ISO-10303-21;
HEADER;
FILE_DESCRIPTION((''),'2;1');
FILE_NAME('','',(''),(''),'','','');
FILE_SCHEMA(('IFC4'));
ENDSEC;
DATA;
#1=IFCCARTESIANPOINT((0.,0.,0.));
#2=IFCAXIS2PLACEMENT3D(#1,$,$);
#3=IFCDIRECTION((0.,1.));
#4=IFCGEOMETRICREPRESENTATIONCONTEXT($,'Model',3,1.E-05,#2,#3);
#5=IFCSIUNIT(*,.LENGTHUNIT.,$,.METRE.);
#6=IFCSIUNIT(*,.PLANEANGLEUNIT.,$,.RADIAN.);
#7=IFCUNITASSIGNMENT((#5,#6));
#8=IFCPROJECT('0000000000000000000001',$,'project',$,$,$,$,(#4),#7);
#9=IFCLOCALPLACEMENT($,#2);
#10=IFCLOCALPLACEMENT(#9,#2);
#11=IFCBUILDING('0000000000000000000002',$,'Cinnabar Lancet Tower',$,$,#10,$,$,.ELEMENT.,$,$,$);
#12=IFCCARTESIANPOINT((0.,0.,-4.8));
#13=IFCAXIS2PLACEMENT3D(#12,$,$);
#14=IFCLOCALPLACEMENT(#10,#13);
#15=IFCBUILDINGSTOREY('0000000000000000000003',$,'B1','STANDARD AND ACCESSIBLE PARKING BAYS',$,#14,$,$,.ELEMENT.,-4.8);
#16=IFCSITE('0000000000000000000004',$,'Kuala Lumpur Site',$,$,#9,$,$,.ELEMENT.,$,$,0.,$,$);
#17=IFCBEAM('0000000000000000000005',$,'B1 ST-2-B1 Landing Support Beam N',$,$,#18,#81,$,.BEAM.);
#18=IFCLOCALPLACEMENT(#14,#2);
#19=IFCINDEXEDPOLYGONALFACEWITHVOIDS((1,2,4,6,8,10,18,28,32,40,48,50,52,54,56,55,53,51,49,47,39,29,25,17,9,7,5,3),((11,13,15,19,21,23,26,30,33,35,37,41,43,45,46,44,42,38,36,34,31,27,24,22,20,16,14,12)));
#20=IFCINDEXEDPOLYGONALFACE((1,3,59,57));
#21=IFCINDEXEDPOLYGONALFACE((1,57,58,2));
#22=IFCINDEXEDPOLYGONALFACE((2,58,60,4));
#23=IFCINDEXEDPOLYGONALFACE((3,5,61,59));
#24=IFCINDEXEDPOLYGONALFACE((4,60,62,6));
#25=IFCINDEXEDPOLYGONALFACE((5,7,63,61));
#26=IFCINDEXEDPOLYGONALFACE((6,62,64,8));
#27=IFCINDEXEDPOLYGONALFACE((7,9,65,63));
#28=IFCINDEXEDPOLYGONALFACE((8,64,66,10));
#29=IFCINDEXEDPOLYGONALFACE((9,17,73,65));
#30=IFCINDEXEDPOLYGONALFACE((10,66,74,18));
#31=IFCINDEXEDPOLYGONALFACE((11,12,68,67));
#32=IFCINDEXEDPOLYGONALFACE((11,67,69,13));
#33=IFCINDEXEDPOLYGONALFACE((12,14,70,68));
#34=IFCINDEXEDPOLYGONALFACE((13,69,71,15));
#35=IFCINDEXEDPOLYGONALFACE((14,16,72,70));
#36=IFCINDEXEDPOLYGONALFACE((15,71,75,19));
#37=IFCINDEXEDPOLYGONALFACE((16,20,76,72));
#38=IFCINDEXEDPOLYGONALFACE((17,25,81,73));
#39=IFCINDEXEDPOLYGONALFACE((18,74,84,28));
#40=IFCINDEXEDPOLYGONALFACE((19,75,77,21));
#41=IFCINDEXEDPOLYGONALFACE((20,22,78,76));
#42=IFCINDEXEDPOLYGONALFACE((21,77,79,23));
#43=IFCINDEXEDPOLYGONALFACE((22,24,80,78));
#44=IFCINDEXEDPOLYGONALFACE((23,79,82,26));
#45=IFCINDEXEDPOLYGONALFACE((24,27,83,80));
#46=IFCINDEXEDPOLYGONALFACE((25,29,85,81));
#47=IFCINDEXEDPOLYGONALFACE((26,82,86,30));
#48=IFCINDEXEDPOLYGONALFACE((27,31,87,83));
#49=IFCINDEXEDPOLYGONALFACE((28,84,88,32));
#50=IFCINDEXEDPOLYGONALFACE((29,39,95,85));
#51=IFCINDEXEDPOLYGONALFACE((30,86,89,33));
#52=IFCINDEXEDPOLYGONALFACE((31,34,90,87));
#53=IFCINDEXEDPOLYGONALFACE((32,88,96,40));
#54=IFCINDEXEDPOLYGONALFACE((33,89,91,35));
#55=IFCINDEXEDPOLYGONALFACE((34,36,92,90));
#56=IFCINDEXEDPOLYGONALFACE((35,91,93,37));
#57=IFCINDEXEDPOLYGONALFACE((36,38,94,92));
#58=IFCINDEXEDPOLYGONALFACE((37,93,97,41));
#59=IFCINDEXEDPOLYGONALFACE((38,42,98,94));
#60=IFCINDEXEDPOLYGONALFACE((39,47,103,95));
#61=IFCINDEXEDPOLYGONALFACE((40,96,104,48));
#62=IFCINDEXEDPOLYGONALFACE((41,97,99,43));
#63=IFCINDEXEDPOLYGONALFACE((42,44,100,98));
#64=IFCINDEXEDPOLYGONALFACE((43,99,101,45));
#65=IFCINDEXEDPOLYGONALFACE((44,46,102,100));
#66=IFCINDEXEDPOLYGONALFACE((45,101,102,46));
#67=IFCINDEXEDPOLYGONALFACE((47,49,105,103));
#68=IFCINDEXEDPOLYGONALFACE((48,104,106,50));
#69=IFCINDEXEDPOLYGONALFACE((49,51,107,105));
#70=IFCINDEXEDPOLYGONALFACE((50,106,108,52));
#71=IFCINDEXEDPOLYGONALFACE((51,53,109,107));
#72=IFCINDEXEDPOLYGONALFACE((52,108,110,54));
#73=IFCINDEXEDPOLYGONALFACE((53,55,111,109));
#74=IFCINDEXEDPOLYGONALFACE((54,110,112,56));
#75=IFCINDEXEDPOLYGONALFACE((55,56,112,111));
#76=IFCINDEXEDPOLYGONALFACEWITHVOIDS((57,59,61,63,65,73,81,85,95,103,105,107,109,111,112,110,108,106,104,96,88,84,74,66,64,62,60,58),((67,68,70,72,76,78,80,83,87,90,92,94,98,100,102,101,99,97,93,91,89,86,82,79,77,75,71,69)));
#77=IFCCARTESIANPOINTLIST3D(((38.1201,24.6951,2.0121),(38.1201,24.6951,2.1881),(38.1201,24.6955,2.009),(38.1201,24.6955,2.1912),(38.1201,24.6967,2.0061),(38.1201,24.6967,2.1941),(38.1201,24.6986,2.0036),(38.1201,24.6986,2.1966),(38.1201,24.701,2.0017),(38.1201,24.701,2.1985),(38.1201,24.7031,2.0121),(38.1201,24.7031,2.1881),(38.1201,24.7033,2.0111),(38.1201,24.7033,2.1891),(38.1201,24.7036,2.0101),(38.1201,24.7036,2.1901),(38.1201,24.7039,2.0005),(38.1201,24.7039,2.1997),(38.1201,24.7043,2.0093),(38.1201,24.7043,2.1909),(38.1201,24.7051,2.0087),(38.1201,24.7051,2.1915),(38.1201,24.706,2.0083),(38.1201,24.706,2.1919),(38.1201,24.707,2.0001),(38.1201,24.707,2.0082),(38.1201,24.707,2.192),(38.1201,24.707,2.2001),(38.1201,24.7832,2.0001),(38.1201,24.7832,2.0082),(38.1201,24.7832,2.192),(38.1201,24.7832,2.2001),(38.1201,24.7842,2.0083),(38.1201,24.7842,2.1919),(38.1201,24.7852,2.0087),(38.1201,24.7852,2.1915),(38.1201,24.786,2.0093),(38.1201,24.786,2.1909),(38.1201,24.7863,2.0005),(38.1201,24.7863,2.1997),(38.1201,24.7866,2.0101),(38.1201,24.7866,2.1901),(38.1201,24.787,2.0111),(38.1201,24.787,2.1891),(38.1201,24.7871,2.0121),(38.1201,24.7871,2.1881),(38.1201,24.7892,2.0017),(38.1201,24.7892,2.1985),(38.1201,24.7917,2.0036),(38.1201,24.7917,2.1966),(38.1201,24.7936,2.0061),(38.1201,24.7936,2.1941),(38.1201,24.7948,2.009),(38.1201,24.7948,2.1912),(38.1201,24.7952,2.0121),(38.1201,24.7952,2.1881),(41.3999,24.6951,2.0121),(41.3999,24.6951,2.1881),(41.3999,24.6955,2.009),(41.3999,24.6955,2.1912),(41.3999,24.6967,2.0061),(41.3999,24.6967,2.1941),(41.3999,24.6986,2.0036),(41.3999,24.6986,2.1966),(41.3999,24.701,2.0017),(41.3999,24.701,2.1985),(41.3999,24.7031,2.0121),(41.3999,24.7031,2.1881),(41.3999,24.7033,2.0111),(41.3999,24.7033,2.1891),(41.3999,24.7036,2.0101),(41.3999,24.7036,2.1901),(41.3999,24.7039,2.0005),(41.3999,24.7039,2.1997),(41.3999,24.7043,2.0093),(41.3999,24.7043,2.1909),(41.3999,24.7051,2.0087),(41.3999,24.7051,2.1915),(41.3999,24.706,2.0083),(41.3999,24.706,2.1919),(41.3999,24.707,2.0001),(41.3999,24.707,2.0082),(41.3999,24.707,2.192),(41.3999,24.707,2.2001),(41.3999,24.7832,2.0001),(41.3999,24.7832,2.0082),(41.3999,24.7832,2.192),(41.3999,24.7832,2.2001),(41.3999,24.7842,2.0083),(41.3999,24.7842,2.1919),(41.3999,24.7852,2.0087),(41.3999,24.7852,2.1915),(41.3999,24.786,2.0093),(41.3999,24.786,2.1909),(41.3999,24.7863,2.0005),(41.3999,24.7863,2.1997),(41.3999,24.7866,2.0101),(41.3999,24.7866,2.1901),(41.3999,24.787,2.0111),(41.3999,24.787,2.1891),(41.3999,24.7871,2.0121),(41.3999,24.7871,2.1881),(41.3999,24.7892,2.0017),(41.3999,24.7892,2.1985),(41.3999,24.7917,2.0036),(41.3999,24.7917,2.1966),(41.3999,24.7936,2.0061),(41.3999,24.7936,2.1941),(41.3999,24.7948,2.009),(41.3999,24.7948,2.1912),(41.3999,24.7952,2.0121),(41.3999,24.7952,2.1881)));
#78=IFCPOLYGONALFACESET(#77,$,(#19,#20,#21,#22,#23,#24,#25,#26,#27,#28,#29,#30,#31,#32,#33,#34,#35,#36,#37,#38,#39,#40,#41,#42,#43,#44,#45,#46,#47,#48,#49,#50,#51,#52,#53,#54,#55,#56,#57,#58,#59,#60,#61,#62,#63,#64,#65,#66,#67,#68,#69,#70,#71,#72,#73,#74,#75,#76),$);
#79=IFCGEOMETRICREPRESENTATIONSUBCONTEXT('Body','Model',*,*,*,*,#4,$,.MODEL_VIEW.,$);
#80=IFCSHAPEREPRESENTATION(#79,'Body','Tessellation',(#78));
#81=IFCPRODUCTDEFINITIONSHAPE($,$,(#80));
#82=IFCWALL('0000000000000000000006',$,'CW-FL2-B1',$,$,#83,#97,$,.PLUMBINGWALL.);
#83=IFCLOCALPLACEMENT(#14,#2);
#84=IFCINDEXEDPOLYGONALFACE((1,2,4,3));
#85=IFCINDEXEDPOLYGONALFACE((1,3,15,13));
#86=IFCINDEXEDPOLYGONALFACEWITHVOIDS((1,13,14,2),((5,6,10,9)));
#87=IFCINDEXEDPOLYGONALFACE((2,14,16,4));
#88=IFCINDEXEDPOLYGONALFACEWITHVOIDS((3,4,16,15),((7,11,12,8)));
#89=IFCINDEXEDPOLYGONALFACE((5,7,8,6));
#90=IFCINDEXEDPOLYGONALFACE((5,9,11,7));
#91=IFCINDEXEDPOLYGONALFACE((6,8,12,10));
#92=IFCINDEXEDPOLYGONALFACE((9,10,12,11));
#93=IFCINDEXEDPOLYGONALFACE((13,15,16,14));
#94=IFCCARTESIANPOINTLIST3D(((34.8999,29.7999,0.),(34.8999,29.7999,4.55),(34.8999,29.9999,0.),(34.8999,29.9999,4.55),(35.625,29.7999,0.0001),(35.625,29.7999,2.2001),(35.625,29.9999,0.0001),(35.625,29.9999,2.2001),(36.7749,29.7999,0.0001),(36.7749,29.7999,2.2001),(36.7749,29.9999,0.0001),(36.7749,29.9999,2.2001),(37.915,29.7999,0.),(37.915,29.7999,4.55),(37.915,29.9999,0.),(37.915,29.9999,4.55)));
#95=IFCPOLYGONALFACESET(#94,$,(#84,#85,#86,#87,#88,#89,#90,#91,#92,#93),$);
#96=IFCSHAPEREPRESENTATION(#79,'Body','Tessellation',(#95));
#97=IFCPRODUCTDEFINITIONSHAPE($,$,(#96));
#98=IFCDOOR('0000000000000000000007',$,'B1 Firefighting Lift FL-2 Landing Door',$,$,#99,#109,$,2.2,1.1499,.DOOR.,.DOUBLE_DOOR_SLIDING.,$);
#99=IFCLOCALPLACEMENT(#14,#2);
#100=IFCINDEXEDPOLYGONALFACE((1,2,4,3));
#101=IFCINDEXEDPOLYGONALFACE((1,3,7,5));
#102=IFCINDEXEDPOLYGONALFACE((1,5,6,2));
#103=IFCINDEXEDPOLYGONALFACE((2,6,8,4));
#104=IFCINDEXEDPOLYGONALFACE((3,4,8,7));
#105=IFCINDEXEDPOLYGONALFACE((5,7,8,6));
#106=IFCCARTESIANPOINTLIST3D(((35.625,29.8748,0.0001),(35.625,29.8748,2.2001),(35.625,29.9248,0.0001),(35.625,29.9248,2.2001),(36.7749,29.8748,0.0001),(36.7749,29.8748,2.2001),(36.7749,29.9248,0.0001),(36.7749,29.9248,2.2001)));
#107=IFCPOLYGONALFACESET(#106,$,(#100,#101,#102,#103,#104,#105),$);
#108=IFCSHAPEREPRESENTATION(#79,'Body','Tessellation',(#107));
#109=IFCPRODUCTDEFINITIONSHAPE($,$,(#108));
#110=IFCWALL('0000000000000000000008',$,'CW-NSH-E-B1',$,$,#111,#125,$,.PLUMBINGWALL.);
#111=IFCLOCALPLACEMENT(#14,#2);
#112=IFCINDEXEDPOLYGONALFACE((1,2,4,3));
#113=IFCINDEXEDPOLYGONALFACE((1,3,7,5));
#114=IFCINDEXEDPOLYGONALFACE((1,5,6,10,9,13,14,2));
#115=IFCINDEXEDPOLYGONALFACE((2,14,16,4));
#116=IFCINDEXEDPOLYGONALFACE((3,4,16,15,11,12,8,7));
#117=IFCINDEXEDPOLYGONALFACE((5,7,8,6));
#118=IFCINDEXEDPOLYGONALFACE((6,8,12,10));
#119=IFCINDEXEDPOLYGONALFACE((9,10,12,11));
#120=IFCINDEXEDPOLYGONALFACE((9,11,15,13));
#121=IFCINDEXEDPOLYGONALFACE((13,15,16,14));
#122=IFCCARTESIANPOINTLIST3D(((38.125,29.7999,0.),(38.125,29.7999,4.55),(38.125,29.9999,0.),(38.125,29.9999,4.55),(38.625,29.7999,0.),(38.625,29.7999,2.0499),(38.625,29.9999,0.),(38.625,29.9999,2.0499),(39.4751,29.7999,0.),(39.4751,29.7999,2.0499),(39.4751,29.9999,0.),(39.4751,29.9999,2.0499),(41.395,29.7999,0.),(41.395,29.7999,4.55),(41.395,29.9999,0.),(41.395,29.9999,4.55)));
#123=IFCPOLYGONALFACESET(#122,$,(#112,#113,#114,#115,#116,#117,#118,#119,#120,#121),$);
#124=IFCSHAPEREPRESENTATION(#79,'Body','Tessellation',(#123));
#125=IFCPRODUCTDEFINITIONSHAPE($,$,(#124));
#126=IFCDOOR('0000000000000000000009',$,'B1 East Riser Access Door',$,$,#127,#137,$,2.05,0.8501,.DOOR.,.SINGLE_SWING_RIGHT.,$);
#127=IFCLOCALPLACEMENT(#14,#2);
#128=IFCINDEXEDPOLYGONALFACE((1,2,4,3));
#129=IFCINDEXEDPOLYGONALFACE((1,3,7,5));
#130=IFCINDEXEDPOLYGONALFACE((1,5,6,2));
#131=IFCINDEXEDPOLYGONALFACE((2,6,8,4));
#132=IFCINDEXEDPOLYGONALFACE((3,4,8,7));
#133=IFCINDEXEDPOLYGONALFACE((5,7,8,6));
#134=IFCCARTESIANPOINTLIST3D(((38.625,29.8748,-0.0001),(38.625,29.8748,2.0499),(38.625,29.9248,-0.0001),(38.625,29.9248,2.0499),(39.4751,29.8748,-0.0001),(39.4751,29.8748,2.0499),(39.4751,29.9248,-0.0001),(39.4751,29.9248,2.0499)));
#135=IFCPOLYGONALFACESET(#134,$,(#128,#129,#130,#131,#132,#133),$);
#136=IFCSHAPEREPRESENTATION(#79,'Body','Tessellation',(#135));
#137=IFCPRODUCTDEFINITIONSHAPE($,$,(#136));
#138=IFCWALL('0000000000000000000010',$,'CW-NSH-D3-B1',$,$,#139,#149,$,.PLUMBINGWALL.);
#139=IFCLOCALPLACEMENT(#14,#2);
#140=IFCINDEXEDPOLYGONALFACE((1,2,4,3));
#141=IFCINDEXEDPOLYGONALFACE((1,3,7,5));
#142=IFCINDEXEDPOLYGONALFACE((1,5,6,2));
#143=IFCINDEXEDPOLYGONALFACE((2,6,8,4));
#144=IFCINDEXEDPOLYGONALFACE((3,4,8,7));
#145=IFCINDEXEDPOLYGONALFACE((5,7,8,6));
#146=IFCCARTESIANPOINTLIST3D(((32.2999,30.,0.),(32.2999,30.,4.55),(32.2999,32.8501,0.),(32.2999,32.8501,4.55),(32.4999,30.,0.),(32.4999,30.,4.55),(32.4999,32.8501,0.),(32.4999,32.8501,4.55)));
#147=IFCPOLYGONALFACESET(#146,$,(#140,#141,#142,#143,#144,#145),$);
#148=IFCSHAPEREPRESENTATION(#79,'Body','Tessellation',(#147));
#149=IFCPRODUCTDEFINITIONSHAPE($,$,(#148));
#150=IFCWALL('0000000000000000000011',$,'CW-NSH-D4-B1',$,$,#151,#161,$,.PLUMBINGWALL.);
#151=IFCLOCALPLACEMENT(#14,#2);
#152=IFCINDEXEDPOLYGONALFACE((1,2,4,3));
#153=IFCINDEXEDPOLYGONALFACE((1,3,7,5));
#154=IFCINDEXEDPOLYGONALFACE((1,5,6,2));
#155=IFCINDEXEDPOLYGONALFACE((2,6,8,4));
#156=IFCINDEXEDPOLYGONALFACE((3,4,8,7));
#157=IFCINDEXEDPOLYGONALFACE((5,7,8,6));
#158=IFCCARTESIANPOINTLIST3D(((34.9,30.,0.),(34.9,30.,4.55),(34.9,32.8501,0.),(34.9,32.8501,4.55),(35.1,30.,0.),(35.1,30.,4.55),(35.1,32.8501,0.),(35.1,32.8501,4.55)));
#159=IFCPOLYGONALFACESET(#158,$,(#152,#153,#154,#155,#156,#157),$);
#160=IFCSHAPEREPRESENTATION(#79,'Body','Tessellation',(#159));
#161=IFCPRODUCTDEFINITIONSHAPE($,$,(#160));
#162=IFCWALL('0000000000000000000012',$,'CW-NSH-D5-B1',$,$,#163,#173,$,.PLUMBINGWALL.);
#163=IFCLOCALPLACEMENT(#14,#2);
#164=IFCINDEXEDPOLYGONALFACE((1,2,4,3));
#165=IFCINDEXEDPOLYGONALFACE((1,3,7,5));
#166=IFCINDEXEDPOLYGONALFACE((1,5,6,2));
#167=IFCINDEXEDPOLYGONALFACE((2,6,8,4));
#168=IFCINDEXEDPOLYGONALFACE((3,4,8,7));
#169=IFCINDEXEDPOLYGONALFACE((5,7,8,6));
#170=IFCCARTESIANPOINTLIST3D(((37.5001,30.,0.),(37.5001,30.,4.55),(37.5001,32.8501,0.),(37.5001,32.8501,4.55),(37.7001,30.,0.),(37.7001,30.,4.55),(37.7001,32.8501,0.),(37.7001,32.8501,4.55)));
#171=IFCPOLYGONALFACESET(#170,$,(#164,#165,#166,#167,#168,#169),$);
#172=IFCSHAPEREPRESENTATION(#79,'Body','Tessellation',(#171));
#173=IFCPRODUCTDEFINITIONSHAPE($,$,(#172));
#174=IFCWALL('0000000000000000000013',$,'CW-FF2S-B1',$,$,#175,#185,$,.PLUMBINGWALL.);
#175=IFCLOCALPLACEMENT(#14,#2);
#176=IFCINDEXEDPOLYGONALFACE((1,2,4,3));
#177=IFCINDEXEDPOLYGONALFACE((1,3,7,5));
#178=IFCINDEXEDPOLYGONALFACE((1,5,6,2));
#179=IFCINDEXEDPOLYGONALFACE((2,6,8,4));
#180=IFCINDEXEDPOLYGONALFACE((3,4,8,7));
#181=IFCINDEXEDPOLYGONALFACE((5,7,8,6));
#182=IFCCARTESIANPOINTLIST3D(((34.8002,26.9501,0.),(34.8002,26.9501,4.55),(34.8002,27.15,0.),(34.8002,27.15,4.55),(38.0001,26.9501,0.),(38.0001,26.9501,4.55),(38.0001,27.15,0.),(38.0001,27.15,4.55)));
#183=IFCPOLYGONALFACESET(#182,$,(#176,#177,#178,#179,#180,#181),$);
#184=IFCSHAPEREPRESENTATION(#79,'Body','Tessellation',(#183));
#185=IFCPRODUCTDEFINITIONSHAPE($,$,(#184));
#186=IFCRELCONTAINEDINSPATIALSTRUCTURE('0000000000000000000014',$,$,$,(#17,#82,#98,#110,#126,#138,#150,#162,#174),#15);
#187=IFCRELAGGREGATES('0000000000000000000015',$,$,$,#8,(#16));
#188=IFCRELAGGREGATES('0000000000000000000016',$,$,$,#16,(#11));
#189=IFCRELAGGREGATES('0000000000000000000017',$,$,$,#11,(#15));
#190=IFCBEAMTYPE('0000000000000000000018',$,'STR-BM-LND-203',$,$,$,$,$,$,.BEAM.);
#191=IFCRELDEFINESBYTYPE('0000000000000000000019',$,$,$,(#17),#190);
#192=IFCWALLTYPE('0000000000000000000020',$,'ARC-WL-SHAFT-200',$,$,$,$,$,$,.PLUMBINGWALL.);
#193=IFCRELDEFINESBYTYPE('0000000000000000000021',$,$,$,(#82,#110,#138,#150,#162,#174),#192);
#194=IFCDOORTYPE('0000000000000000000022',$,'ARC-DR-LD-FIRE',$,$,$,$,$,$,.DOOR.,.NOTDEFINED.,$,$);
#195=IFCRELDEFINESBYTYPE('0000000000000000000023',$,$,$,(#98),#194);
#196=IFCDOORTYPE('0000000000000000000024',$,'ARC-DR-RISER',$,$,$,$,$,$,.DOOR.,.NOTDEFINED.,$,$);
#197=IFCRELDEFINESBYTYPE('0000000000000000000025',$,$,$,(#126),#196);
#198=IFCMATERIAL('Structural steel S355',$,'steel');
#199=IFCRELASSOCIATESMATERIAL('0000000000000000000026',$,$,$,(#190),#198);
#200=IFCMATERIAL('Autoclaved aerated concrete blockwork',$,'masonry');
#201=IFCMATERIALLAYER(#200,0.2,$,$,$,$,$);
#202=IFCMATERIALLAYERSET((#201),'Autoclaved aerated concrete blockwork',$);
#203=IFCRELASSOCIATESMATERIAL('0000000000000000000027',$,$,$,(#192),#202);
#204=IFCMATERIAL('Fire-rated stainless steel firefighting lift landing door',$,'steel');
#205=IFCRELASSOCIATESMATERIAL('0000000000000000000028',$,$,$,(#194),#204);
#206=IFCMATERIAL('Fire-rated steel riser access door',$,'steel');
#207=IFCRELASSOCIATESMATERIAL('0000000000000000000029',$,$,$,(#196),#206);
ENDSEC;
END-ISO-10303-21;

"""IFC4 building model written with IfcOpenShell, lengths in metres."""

from ifc_helpers import new_model, si_unit, direction, frame, frame_2d, origin, origin_2d, place, context, subcontext, project, spatial, rectangle, hollow_rectangle, extrude, material, layer, layer_set, material_profile, profile_set, type_object, element, fill, save


model = new_model("IFC4")

# Units and contexts
model_context = context("Model", 3, precision=1e-05, world=origin(), true_north=direction((0.0, 1.0)))
body_context = subcontext(model_context, "Body", "Model", "MODEL_VIEW")
ifc_project = project(units=[si_unit("LENGTHUNIT", "METRE"), si_unit("PLANEANGLEUNIT", "RADIAN")], contexts=[model_context])

# Site, building, storey
site_placement = place(None, origin())
site = spatial("IfcSite", under=ifc_project, at=site_placement, Name="Kuala Lumpur Site", CompositionType="ELEMENT", RefElevation=0.0)
building_placement = place(site_placement, origin())
building = spatial("IfcBuilding", under=site, at=building_placement, Name="Cinnabar Lancet Tower", CompositionType="ELEMENT")
storey_placement = place(building_placement, frame((0.0, 0.0, -4.8)))
storey = spatial("IfcBuildingStorey", under=building, at=storey_placement, Name="B1", Description="STANDARD AND ACCESSIBLE PARKING BAYS", CompositionType="ELEMENT", Elevation=-4.8)

# Beam
ifc_material_1 = material(Name="Structural steel S355", Category="steel")
ifc_material_profile_1 = material_profile(ifc_material_1, hollow_rectangle(XDim=0.1001, YDim=0.2, WallThickness=0.0081, InnerFilletRadius=0.0039, OuterFilletRadius=0.012, at=origin_2d()), Name="RHS 200x100x8")
ifc_profile_set_1 = profile_set([ifc_material_profile_1], Name="Structural steel S355")
beam_type = type_object("IfcBeamType", Name="STR-BM-LND-203", PredefinedType="BEAM", material=ifc_profile_set_1)
beam_placement = place(storey_placement, frame((38.1201, 24.7451, 2.1001), z_axis=(1.0, 0.0, 0.0), x_axis=(0.0, 1.0, 0.0)))
element("IfcBeam", 1, at=beam_placement, inside=storey, type_object=beam_type, Name="B1 ST-2-B1 Landing Support Beam N", PredefinedType="BEAM", context=body_context, shape_type="SweptSolid", body=[
    extrude(hollow_rectangle(XDim=0.1001, YDim=0.2, WallThickness=0.0081, InnerFilletRadius=0.0039, OuterFilletRadius=0.012, at=origin_2d()), origin(), (0.0, 0.0, 1.0), 3.2798),
])

# Walls, openings, doors
ifc_material_2 = material(Name="Autoclaved aerated concrete blockwork", Category="masonry")
ifc_layer_1 = layer(ifc_material_2, 0.2)
ifc_layer_set_1 = layer_set([ifc_layer_1], Name="Autoclaved aerated concrete blockwork")
wall_type_1 = type_object("IfcWallType", Name="ARC-WL-SHAFT-200", PredefinedType="PLUMBINGWALL", material=ifc_layer_set_1)
wall_1_placement = place(storey_placement, frame((34.8999, 29.8999, 0.0), z_axis=(0.0, 0.0, 1.0), x_axis=(1.0, 0.0, 0.0)))
wall_1 = element("IfcWall", 2, at=wall_1_placement, inside=storey, type_object=wall_type_1, Name="CW-FL2-B1", PredefinedType="PLUMBINGWALL", context=body_context, shape_type="SweptSolid", body=[
    extrude(rectangle(XDim=3.0151, YDim=0.2, at=frame_2d((1.5076, 0.0))), origin(), (0.0, 0.0, 1.0), 4.55),
])
opening_1_placement = place(wall_1_placement, frame((0.7251, 0.0, 0.0)))
opening_1 = element("IfcOpeningElement", 3, at=opening_1_placement, cuts=wall_1, PredefinedType="OPENING", context=body_context, shape_type="SweptSolid", body=[
    extrude(rectangle(XDim=1.1499, YDim=2.2, at=frame_2d((0.575, 1.1001))), frame((0.0, 0.1099, 0.0), z_axis=(0.0, -1.0, 0.0), x_axis=(1.0, 0.0, 0.0)), (0.0, 0.0, 1.0), 0.22),
])
ifc_material_3 = material(Name="Fire-rated stainless steel firefighting lift landing door", Category="steel")
door_type_1 = type_object("IfcDoorType", Name="ARC-DR-LD-FIRE", OperationType="NOTDEFINED", PredefinedType="DOOR", material=ifc_material_3)
door_1_placement = place(opening_1_placement, origin())
door_1 = element("IfcDoor", 4, at=door_1_placement, inside=storey, type_object=door_type_1, Name="B1 Firefighting Lift FL-2 Landing Door", OperationType="DOUBLE_DOOR_SLIDING", OverallHeight=2.2, OverallWidth=1.1499, PredefinedType="DOOR", context=body_context, shape_type="SweptSolid", body=[
    extrude(rectangle(XDim=1.1499, YDim=2.2, at=frame_2d((0.575, 1.1001))), frame((0.0, 0.0249, 0.0), z_axis=(0.0, -1.0, 0.0), x_axis=(1.0, 0.0, 0.0)), (0.0, 0.0, 1.0), 0.05),
])
fill(opening_1, door_1)
wall_2_placement = place(storey_placement, frame((38.125, 29.8999, 0.0), z_axis=(0.0, 0.0, 1.0), x_axis=(1.0, 0.0, 0.0)))
wall_2 = element("IfcWall", 5, at=wall_2_placement, inside=storey, type_object=wall_type_1, Name="CW-NSH-E-B1", PredefinedType="PLUMBINGWALL", context=body_context, shape_type="SweptSolid", body=[
    extrude(rectangle(XDim=3.27, YDim=0.2, at=frame_2d((1.635, 0.0))), origin(), (0.0, 0.0, 1.0), 4.55),
])
opening_2_placement = place(wall_2_placement, frame((0.5, 0.0, 0.0)))
opening_2 = element("IfcOpeningElement", 6, at=opening_2_placement, cuts=wall_2, PredefinedType="OPENING", context=body_context, shape_type="SweptSolid", body=[
    extrude(rectangle(XDim=0.8501, YDim=2.05, at=frame_2d((0.425, 1.0249))), frame((0.0, 0.1099, 0.0), z_axis=(0.0, -1.0, 0.0), x_axis=(1.0, 0.0, 0.0)), (0.0, 0.0, 1.0), 0.22),
])
ifc_material_4 = material(Name="Fire-rated steel riser access door", Category="steel")
door_type_2 = type_object("IfcDoorType", Name="ARC-DR-RISER", OperationType="NOTDEFINED", PredefinedType="DOOR", material=ifc_material_4)
door_2_placement = place(opening_2_placement, origin())
door_2 = element("IfcDoor", 7, at=door_2_placement, inside=storey, type_object=door_type_2, Name="B1 East Riser Access Door", OperationType="SINGLE_SWING_RIGHT", OverallHeight=2.05, OverallWidth=0.8501, PredefinedType="DOOR", context=body_context, shape_type="SweptSolid", body=[
    extrude(rectangle(XDim=0.8501, YDim=2.05, at=frame_2d((0.425, 1.0249))), frame((0.0, 0.0249, 0.0), z_axis=(0.0, -1.0, 0.0), x_axis=(1.0, 0.0, 0.0)), (0.0, 0.0, 1.0), 0.05),
])
fill(opening_2, door_2)

# Walls
for number, where, z_axis, x_axis, name in (
    (8, (32.3999, 30.0, 0.0), (0.0, 0.0, 1.0), (0.0, 1.0, 0.0), "CW-NSH-D3-B1"),
    (9, (35.0, 30.0, 0.0), (0.0, 0.0, 1.0), (0.0, 1.0, 0.0), "CW-NSH-D4-B1"),
    (10, (37.6001, 30.0, 0.0), (0.0, 0.0, 1.0), (0.0, 1.0, 0.0), "CW-NSH-D5-B1"),
):
    element("IfcWall", number, at=place(storey_placement, frame(where, z_axis=z_axis, x_axis=x_axis)), inside=storey, type_object=wall_type_1, Name=name, PredefinedType="PLUMBINGWALL", context=body_context, shape_type="SweptSolid", body=[
        extrude(rectangle(XDim=2.8501, YDim=0.2, at=frame_2d((1.425, 0.0))), origin(), (0.0, 0.0, 1.0), 4.55),
    ])

# Wall
wall_3_placement = place(storey_placement, frame((34.8, 27.05, 0.0), z_axis=(0.0, 0.0, 1.0), x_axis=(1.0, 0.0, 0.0)))
element("IfcWall", 11, at=wall_3_placement, inside=storey, type_object=wall_type_1, Name="CW-FF2S-B1", PredefinedType="PLUMBINGWALL", context=body_context, shape_type="SweptSolid", body=[
    extrude(rectangle(XDim=3.2, YDim=0.2, at=frame_2d((1.6001, 0.0))), origin(), (0.0, 0.0, 1.0), 4.55),
])

save(model, "model.ifc")
